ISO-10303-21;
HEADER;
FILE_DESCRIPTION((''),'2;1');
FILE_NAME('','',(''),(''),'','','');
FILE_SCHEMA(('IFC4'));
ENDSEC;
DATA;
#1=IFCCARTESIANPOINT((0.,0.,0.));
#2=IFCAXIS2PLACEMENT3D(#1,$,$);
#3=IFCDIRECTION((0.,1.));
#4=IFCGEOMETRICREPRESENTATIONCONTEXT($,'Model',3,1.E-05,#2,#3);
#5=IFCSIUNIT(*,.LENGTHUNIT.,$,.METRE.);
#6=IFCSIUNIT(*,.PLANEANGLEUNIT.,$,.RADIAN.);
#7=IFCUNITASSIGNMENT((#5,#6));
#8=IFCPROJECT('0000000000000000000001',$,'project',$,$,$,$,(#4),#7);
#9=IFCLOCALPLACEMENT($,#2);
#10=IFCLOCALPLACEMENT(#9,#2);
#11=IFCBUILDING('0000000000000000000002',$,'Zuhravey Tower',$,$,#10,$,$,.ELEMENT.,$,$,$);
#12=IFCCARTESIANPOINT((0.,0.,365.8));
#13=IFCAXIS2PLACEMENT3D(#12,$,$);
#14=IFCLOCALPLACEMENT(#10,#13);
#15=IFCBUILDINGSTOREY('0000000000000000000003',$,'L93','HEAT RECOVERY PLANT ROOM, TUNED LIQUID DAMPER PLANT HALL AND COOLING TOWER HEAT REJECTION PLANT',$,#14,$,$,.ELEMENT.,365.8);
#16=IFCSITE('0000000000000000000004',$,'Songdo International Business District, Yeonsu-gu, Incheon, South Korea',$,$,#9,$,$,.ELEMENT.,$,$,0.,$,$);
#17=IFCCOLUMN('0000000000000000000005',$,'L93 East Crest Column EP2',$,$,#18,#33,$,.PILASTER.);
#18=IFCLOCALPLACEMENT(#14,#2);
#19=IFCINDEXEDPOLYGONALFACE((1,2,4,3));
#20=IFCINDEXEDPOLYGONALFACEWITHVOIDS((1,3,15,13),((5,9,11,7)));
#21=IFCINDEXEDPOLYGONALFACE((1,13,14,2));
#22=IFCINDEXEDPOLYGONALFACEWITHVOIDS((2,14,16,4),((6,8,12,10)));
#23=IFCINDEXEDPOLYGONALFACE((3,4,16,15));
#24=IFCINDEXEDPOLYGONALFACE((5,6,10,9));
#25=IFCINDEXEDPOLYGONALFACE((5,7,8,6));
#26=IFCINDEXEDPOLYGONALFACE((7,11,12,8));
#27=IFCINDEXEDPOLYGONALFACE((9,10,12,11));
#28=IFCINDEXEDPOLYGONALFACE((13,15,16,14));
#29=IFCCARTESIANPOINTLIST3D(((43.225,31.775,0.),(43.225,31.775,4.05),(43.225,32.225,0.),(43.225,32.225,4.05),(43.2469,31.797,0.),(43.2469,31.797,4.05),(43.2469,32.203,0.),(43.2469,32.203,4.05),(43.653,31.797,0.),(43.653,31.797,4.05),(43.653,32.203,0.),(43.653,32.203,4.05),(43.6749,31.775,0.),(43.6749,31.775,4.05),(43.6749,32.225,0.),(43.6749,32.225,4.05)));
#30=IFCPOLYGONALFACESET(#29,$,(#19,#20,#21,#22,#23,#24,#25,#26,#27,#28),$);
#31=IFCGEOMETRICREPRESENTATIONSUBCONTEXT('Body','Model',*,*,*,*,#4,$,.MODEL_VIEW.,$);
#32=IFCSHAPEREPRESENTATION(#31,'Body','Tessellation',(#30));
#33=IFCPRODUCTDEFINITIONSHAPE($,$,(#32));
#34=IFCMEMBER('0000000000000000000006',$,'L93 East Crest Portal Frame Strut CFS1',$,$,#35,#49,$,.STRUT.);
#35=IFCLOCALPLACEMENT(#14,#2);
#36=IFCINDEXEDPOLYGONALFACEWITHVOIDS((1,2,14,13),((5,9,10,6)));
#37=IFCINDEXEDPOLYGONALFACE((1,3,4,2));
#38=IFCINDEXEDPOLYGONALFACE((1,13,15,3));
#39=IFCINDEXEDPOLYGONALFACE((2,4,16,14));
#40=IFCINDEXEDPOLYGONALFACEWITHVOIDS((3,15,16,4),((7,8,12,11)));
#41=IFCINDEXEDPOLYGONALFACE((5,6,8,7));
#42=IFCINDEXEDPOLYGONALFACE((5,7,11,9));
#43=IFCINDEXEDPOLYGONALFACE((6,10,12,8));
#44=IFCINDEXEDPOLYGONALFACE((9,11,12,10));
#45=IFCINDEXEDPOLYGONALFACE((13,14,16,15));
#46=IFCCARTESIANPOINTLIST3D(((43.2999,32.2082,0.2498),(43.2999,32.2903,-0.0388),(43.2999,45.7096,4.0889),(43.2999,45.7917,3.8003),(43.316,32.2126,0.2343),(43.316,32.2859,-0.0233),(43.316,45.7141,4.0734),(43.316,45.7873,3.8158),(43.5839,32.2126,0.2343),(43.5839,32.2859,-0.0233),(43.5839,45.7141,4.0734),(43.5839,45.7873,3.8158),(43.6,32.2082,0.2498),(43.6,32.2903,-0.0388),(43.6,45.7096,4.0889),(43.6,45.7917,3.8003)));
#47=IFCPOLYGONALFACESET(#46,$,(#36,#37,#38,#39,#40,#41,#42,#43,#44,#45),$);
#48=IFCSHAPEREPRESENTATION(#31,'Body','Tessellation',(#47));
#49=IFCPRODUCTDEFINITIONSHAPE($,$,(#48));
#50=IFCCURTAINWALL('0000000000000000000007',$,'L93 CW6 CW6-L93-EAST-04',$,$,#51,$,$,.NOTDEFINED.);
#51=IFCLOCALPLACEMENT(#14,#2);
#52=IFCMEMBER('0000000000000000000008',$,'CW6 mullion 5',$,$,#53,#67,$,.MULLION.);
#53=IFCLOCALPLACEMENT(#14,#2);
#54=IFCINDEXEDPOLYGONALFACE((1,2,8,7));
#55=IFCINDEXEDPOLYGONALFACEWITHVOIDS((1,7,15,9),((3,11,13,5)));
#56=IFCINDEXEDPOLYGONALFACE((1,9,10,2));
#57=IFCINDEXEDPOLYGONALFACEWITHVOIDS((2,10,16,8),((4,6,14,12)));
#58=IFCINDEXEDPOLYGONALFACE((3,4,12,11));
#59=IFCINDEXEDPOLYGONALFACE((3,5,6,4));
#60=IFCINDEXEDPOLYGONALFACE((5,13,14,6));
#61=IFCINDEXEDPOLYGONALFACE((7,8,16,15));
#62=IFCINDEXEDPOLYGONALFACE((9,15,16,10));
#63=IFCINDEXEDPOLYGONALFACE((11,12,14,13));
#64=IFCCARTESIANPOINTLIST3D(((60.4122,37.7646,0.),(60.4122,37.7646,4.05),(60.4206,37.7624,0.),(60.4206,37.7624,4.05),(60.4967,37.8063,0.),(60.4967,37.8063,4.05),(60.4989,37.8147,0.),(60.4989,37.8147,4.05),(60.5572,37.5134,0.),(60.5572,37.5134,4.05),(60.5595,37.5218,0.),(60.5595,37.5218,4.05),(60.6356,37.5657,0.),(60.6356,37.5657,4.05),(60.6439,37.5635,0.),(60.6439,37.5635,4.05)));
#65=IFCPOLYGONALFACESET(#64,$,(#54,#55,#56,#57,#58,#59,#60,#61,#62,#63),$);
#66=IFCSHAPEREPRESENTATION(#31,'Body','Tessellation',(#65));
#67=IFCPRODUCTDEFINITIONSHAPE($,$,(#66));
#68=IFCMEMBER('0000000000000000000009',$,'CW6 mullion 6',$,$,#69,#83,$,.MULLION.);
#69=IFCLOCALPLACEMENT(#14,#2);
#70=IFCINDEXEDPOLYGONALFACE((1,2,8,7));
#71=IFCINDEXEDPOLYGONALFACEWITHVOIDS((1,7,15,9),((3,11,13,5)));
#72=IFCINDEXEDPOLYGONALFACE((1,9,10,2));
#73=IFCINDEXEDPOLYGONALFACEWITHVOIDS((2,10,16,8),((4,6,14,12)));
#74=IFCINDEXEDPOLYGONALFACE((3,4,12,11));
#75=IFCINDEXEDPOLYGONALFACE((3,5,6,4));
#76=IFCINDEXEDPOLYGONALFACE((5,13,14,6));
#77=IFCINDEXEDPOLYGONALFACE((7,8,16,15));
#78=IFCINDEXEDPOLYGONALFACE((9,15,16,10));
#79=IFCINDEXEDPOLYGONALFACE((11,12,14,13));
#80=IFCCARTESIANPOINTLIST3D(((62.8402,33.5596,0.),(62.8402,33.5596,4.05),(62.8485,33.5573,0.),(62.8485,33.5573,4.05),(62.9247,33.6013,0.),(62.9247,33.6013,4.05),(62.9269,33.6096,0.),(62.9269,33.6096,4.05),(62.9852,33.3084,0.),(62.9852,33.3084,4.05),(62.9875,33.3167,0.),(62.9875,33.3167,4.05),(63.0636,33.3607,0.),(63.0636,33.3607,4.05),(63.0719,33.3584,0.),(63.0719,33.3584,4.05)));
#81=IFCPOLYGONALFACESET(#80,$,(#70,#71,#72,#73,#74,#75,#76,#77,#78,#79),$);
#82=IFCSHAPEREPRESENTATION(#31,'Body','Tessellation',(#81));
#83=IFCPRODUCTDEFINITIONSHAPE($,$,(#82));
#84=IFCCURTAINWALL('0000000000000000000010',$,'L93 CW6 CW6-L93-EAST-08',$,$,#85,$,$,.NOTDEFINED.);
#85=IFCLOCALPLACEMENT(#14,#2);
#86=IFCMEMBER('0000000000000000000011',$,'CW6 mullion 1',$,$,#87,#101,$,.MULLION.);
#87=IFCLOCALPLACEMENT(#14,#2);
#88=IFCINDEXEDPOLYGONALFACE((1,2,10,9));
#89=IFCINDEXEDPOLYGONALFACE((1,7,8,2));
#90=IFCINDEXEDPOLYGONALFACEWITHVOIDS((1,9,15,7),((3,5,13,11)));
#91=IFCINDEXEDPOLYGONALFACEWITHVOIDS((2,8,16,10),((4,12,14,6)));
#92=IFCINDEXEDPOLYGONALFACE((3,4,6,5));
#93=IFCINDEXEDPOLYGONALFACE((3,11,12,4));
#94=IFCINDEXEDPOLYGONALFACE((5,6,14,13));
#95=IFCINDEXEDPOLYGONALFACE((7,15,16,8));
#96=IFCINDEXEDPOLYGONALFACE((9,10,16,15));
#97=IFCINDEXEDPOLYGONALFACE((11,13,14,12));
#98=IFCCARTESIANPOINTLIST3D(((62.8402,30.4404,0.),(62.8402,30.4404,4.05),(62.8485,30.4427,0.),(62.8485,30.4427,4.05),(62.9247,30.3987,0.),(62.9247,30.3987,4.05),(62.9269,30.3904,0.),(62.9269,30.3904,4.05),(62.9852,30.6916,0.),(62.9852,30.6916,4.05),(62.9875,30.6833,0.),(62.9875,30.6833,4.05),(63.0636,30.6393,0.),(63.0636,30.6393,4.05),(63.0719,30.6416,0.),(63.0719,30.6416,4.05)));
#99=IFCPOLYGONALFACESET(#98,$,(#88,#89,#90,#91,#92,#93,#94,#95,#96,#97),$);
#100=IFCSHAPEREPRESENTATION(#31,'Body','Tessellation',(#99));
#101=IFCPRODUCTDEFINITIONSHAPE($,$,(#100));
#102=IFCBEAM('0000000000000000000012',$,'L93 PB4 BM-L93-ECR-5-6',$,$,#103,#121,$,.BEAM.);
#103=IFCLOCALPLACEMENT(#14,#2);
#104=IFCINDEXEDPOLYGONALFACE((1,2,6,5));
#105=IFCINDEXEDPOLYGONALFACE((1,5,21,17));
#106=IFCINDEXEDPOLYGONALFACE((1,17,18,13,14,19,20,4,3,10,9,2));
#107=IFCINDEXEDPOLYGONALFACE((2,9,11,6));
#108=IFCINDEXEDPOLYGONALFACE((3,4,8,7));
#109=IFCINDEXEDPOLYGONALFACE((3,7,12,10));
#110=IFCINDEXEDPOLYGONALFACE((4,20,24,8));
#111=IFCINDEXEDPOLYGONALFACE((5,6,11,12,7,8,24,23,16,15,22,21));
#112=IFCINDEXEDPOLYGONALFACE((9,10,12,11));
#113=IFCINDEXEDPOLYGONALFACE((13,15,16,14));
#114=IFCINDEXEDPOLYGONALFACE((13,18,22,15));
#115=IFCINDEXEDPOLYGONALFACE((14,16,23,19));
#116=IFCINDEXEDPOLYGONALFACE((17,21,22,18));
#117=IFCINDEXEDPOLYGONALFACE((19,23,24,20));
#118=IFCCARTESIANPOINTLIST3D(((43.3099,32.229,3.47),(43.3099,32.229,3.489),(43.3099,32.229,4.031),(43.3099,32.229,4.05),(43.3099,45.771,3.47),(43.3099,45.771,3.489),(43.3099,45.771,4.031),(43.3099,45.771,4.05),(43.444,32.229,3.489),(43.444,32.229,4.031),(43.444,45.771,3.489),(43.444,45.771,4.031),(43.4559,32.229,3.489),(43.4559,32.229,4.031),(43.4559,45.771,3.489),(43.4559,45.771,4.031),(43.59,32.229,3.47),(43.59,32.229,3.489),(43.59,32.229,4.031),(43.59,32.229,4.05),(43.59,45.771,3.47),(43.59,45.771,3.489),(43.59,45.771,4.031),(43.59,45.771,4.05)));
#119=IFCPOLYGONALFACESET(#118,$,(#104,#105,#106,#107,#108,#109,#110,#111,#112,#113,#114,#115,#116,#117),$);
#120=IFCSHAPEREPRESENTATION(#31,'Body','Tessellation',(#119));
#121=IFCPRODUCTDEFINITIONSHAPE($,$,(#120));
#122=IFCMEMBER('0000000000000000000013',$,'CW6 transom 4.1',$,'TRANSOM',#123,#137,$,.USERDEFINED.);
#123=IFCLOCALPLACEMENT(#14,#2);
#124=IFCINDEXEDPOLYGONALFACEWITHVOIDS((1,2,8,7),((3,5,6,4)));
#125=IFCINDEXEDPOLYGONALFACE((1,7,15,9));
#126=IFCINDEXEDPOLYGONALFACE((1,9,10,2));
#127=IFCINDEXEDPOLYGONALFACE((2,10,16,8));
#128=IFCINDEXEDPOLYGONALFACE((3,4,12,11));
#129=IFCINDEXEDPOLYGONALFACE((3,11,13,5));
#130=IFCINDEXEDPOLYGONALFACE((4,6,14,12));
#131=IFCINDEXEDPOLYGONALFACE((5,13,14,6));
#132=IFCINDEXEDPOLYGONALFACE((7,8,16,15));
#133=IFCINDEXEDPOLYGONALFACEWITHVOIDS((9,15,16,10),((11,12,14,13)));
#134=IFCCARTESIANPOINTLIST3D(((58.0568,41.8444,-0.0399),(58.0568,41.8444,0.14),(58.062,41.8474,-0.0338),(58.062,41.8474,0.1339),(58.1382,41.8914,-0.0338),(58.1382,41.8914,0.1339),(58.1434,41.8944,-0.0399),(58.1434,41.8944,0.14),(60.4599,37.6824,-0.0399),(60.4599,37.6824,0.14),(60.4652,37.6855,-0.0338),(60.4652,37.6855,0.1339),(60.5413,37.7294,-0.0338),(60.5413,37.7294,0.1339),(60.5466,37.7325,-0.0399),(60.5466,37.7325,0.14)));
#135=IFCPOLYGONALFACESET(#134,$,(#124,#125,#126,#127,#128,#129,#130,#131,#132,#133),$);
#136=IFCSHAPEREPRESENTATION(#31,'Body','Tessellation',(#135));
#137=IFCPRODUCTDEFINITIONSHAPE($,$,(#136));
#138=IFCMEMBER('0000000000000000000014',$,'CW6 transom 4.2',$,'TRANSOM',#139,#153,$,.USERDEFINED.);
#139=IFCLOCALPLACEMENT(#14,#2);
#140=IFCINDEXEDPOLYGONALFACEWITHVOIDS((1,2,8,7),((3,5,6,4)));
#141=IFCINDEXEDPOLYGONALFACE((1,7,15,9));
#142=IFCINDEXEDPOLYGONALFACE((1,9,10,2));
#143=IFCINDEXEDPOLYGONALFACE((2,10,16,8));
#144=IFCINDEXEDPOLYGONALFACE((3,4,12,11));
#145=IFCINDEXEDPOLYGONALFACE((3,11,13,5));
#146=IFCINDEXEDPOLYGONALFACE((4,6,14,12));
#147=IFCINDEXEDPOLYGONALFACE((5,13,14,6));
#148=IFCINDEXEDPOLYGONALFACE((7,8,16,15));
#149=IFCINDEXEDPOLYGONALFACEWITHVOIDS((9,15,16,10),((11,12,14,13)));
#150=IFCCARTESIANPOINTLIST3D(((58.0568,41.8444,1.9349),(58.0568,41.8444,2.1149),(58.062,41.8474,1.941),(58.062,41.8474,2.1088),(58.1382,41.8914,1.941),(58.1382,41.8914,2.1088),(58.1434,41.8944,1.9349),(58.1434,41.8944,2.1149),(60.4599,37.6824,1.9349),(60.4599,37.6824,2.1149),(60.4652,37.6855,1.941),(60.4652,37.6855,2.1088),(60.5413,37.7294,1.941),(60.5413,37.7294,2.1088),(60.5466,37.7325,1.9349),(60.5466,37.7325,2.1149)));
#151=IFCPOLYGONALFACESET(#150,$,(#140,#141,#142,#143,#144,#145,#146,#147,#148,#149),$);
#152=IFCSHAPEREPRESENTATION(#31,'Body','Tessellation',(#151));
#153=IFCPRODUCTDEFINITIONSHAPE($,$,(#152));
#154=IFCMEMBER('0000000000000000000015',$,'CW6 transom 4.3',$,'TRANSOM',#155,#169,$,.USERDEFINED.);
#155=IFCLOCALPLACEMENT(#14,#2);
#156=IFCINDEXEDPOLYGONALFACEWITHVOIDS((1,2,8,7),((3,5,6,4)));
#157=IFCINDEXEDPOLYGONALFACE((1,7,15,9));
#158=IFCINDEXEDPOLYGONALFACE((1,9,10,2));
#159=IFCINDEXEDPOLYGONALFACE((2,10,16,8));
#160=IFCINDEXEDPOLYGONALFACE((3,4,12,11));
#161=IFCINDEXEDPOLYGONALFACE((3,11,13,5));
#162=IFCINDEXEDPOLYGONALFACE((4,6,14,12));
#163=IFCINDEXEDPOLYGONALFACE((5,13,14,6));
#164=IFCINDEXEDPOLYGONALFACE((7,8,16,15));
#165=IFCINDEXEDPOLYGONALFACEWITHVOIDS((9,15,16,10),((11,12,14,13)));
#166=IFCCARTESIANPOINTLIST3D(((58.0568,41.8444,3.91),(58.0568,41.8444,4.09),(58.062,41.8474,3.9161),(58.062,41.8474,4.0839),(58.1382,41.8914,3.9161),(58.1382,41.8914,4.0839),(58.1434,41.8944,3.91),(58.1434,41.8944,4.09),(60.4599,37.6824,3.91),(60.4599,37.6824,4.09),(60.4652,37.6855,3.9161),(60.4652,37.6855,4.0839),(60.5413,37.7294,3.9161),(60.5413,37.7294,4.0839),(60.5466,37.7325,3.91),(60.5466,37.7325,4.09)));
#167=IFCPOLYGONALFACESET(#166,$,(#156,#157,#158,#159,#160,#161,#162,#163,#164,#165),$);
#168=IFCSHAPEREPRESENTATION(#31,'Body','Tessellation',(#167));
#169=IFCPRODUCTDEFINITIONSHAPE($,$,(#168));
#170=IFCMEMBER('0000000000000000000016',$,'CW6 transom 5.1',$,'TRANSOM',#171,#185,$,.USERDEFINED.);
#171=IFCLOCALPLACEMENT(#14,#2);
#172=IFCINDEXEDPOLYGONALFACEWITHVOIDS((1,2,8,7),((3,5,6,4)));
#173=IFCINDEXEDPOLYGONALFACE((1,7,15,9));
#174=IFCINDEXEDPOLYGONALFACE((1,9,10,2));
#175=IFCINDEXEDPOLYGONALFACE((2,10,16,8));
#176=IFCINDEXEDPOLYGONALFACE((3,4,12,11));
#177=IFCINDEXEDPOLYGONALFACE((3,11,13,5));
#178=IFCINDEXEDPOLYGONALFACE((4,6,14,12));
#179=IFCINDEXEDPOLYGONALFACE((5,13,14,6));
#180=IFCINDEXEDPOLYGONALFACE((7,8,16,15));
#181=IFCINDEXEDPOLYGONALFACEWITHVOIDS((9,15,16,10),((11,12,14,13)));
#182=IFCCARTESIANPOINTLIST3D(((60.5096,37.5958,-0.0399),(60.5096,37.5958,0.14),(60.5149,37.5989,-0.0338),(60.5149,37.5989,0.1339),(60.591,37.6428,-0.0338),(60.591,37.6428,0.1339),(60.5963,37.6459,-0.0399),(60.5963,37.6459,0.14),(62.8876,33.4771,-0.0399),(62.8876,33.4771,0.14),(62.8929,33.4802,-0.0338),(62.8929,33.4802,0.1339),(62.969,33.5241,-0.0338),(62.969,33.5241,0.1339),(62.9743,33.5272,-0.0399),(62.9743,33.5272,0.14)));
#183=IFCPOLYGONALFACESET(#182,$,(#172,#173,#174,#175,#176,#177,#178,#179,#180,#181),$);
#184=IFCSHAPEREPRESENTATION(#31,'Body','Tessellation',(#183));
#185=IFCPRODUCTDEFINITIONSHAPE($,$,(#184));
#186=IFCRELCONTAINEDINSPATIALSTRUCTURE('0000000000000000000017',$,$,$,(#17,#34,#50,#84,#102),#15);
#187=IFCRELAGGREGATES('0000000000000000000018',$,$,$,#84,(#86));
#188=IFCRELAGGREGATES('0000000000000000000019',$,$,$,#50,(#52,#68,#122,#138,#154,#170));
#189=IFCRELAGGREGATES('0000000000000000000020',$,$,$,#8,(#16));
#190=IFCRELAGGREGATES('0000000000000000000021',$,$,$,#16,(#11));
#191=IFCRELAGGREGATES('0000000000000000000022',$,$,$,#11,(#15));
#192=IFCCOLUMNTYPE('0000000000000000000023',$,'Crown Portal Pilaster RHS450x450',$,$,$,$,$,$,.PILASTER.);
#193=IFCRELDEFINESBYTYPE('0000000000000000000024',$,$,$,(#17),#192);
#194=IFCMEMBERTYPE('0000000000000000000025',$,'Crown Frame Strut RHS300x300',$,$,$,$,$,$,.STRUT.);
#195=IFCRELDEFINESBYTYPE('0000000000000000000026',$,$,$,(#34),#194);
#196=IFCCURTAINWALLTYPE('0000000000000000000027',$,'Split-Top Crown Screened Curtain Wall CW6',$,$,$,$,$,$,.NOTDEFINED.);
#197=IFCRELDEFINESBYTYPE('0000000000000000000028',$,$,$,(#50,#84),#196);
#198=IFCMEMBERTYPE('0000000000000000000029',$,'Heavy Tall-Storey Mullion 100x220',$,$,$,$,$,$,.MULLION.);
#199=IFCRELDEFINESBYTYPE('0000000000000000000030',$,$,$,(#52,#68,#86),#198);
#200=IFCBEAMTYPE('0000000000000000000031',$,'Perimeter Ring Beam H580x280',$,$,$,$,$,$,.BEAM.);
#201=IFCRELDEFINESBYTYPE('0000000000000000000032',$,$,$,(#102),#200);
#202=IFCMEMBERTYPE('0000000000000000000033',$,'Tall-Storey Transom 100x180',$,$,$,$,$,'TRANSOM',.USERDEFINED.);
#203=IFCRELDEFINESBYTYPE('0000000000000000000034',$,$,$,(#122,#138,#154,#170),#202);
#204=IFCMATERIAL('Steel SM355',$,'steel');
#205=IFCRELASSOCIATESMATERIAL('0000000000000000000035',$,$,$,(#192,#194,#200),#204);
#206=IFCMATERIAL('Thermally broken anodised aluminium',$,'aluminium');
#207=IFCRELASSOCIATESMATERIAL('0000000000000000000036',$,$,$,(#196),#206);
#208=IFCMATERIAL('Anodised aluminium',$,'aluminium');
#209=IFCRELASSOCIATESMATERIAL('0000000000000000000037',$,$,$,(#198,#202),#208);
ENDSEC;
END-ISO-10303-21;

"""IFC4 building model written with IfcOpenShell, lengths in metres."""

from ifc_helpers import new_model, si_unit, direction, frame, origin, origin_2d, place, context, subcontext, project, spatial, hollow_rectangle, i_section, extrude, material, material_profile, profile_set, type_object, element, aggregate, save


model = new_model("IFC4")

# Units and contexts
model_context = context("Model", 3, precision=1e-05, world=origin(), true_north=direction((0.0, 1.0)))
body_context = subcontext(model_context, "Body", "Model", "MODEL_VIEW")
ifc_project = project(units=[si_unit("LENGTHUNIT", "METRE"), si_unit("PLANEANGLEUNIT", "RADIAN")], contexts=[model_context])

# Site, building, storey
site_placement = place(None, origin())
site = spatial("IfcSite", under=ifc_project, at=site_placement, Name="Songdo International Business District, Yeonsu-gu, Incheon, South Korea", CompositionType="ELEMENT", RefElevation=0.0)
building_placement = place(site_placement, origin())
building = spatial("IfcBuilding", under=site, at=building_placement, Name="Zuhravey Tower", CompositionType="ELEMENT")
storey_placement = place(building_placement, frame((0.0, 0.0, 365.8)))
storey = spatial("IfcBuildingStorey", under=building, at=storey_placement, Name="L93", Description="HEAT RECOVERY PLANT ROOM, TUNED LIQUID DAMPER PLANT HALL AND COOLING TOWER HEAT REJECTION PLANT", CompositionType="ELEMENT", Elevation=365.8)

# Column
ifc_material_1 = material(Name="Steel SM355", Category="steel")
ifc_material_profile_1 = material_profile(ifc_material_1, hollow_rectangle(XDim=0.45, YDim=0.45, WallThickness=0.022, at=origin_2d()), Name="RHS-450x450x22")
ifc_profile_set_1 = profile_set([ifc_material_profile_1], Name="Steel SM355")
column_type = type_object("IfcColumnType", Name="Crown Portal Pilaster RHS450x450", PredefinedType="PILASTER", material=ifc_profile_set_1)
column_placement = place(storey_placement, frame((43.45, 32.0, 0.0), z_axis=(0.0, 0.0, 1.0), x_axis=(1.0, 0.0, 0.0)))
element("IfcColumn", 1, at=column_placement, inside=storey, type_object=column_type, Name="L93 East Crest Column EP2", PredefinedType="PILASTER", context=body_context, shape_type="SweptSolid", body=[
    extrude(hollow_rectangle(XDim=0.45, YDim=0.45, WallThickness=0.022, at=origin_2d()), origin(), (0.0, 0.0, 1.0), 4.05),
])

# Member
ifc_material_profile_2 = material_profile(ifc_material_1, hollow_rectangle(XDim=0.3, YDim=0.3, WallThickness=0.0161, at=origin_2d()), Name="RHS-300x300x16")
ifc_profile_set_2 = profile_set([ifc_material_profile_2], Name="Steel SM355")
member_type_1 = type_object("IfcMemberType", Name="Crown Frame Strut RHS300x300", PredefinedType="STRUT", material=ifc_profile_set_2)
member_1_placement = place(storey_placement, frame((43.45, 32.2493, 0.1055), z_axis=(0.0, 0.96187, 0.273506), x_axis=(-1.0, 0.0, 0.0)))
element("IfcMember", 2, at=member_1_placement, inside=storey, type_object=member_type_1, Name="L93 East Crest Portal Frame Strut CFS1", PredefinedType="STRUT", context=body_context, shape_type="SweptSolid", body=[
    extrude(hollow_rectangle(XDim=0.3, YDim=0.3, WallThickness=0.0161, at=origin_2d()), origin(), (0.0, 0.0, 1.0), 14.0366),
])

# Curtain wall, members
ifc_material_2 = material(Name="Thermally broken anodised aluminium", Category="aluminium")
curtain_wall_type = type_object("IfcCurtainWallType", Name="Split-Top Crown Screened Curtain Wall CW6", PredefinedType="NOTDEFINED", material=ifc_material_2)
curtain_wall_1_placement = place(storey_placement, origin())
curtain_wall_1 = element("IfcCurtainWall", 3, at=curtain_wall_1_placement, inside=storey, type_object=curtain_wall_type, Name="L93 CW6 CW6-L93-EAST-04", PredefinedType="NOTDEFINED")
ifc_material_3 = material(Name="Anodised aluminium", Category="aluminium")
ifc_material_profile_3 = material_profile(ifc_material_3, hollow_rectangle(XDim=0.1001, YDim=0.29, WallThickness=0.0061, at=origin_2d()), Name="ALU-RHS-100x290x6")
ifc_profile_set_3 = profile_set([ifc_material_profile_3], Name="Anodised aluminium")
member_type_2 = type_object("IfcMemberType", Name="Heavy Tall-Storey Mullion 100x220", PredefinedType="MULLION", material=ifc_profile_set_3)
member_2_placement = place(storey_placement, frame((60.5281, 37.6641, 0.0), z_axis=(0.0, 0.0, 1.0), x_axis=(0.866027, 0.499997, 0.0)))
member_2 = element("IfcMember", 4, at=member_2_placement, type_object=member_type_2, Name="CW6 mullion 5", PredefinedType="MULLION", context=body_context, shape_type="SweptSolid", body=[
    extrude(hollow_rectangle(XDim=0.1001, YDim=0.29, WallThickness=0.0061, at=origin_2d()), origin(), (0.0, 0.0, 1.0), 4.05),
])
member_3_placement = place(storey_placement, frame((62.9561, 33.459, 0.0), z_axis=(0.0, 0.0, 1.0), x_axis=(0.866027, 0.499997, 0.0)))
member_3 = element("IfcMember", 5, at=member_3_placement, type_object=member_type_2, Name="CW6 mullion 6", PredefinedType="MULLION", context=body_context, shape_type="SweptSolid", body=[
    extrude(hollow_rectangle(XDim=0.1001, YDim=0.29, WallThickness=0.0061, at=origin_2d()), origin(), (0.0, 0.0, 1.0), 4.05),
])

# Curtain wall, member
curtain_wall_2_placement = place(storey_placement, origin())
curtain_wall_2 = element("IfcCurtainWall", 6, at=curtain_wall_2_placement, inside=storey, type_object=curtain_wall_type, Name="L93 CW6 CW6-L93-EAST-08", PredefinedType="NOTDEFINED")
member_4_placement = place(storey_placement, frame((62.9561, 30.541, 0.0), z_axis=(0.0, 0.0, 1.0), x_axis=(0.866027, -0.499997, 0.0)))
member_4 = element("IfcMember", 7, at=member_4_placement, type_object=member_type_2, Name="CW6 mullion 1", PredefinedType="MULLION", context=body_context, shape_type="SweptSolid", body=[
    extrude(hollow_rectangle(XDim=0.1001, YDim=0.29, WallThickness=0.0061, at=origin_2d()), origin(), (0.0, 0.0, 1.0), 4.05),
])
aggregate(curtain_wall_2, [member_4])

# Beam
ifc_material_profile_4 = material_profile(ifc_material_1, i_section(OverallWidth=0.28, OverallDepth=0.5801, WebThickness=0.012, FlangeThickness=0.019, at=origin_2d()), Name="H-580x280x12x19")
ifc_profile_set_4 = profile_set([ifc_material_profile_4], Name="Steel SM355")
beam_type = type_object("IfcBeamType", Name="Perimeter Ring Beam H580x280", PredefinedType="BEAM", material=ifc_profile_set_4)
beam_placement = place(storey_placement, frame((43.45, 32.229, 3.76), z_axis=(0.0, 1.0, 0.0), x_axis=(-1.0, 0.0, 0.0)))
element("IfcBeam", 8, at=beam_placement, inside=storey, type_object=beam_type, Name="L93 PB4 BM-L93-ECR-5-6", PredefinedType="BEAM", context=body_context, shape_type="SweptSolid", body=[
    extrude(i_section(OverallWidth=0.28, OverallDepth=0.5801, WebThickness=0.012, FlangeThickness=0.019, at=origin_2d()), origin(), (0.0, 0.0, 1.0), 13.542),
])

# Members
ifc_material_profile_5 = material_profile(ifc_material_3, hollow_rectangle(XDim=0.1001, YDim=0.1799, WallThickness=0.0061, at=origin_2d()), Name="ALU-RHS-100x180x6")
ifc_profile_set_5 = profile_set([ifc_material_profile_5], Name="Anodised aluminium")
member_type_3 = type_object("IfcMemberType", Name="Tall-Storey Transom 100x180", ElementType="TRANSOM", PredefinedType="USERDEFINED", material=ifc_profile_set_5)
member_5_placement = place(storey_placement, frame((58.1001, 41.8694, 0.05), z_axis=(0.500035, -0.866005, 0.0), x_axis=(0.866005, 0.500035, 0.0)))
member_5 = element("IfcMember", 9, at=member_5_placement, type_object=member_type_3, Name="CW6 transom 4.1", ObjectType="TRANSOM", PredefinedType="USERDEFINED", context=body_context, shape_type="SweptSolid", body=[
    extrude(hollow_rectangle(XDim=0.1001, YDim=0.1799, WallThickness=0.0061, at=origin_2d()), origin(), (0.0, 0.0, 1.0), 4.8059),
])
member_6_placement = place(storey_placement, frame((58.1001, 41.8694, 2.0249), z_axis=(0.500035, -0.866005, 0.0), x_axis=(0.866005, 0.500035, 0.0)))
member_6 = element("IfcMember", 10, at=member_6_placement, type_object=member_type_3, Name="CW6 transom 4.2", ObjectType="TRANSOM", PredefinedType="USERDEFINED", context=body_context, shape_type="SweptSolid", body=[
    extrude(hollow_rectangle(XDim=0.1001, YDim=0.1799, WallThickness=0.0061, at=origin_2d()), origin(), (0.0, 0.0, 1.0), 4.8059),
])
member_7_placement = place(storey_placement, frame((58.1001, 41.8694, 4.0), z_axis=(0.500035, -0.866005, 0.0), x_axis=(0.866005, 0.500035, 0.0)))
member_7 = element("IfcMember", 11, at=member_7_placement, type_object=member_type_3, Name="CW6 transom 4.3", ObjectType="TRANSOM", PredefinedType="USERDEFINED", context=body_context, shape_type="SweptSolid", body=[
    extrude(hollow_rectangle(XDim=0.1001, YDim=0.1799, WallThickness=0.0061, at=origin_2d()), origin(), (0.0, 0.0, 1.0), 4.8059),
])
member_8_placement = place(storey_placement, frame((60.553, 37.6208, 0.05), z_axis=(0.500004, -0.866023, 0.0), x_axis=(0.866023, 0.500004, 0.0)))
member_8 = element("IfcMember", 12, at=member_8_placement, type_object=member_type_3, Name="CW6 transom 5.1", ObjectType="TRANSOM", PredefinedType="USERDEFINED", context=body_context, shape_type="SweptSolid", body=[
    extrude(hollow_rectangle(XDim=0.1001, YDim=0.1799, WallThickness=0.0061, at=origin_2d()), origin(), (0.0, 0.0, 1.0), 4.7559),
])

aggregate(curtain_wall_1, [member_2, member_3, member_5, member_6, member_7, member_8])

save(model, "model.ifc")
